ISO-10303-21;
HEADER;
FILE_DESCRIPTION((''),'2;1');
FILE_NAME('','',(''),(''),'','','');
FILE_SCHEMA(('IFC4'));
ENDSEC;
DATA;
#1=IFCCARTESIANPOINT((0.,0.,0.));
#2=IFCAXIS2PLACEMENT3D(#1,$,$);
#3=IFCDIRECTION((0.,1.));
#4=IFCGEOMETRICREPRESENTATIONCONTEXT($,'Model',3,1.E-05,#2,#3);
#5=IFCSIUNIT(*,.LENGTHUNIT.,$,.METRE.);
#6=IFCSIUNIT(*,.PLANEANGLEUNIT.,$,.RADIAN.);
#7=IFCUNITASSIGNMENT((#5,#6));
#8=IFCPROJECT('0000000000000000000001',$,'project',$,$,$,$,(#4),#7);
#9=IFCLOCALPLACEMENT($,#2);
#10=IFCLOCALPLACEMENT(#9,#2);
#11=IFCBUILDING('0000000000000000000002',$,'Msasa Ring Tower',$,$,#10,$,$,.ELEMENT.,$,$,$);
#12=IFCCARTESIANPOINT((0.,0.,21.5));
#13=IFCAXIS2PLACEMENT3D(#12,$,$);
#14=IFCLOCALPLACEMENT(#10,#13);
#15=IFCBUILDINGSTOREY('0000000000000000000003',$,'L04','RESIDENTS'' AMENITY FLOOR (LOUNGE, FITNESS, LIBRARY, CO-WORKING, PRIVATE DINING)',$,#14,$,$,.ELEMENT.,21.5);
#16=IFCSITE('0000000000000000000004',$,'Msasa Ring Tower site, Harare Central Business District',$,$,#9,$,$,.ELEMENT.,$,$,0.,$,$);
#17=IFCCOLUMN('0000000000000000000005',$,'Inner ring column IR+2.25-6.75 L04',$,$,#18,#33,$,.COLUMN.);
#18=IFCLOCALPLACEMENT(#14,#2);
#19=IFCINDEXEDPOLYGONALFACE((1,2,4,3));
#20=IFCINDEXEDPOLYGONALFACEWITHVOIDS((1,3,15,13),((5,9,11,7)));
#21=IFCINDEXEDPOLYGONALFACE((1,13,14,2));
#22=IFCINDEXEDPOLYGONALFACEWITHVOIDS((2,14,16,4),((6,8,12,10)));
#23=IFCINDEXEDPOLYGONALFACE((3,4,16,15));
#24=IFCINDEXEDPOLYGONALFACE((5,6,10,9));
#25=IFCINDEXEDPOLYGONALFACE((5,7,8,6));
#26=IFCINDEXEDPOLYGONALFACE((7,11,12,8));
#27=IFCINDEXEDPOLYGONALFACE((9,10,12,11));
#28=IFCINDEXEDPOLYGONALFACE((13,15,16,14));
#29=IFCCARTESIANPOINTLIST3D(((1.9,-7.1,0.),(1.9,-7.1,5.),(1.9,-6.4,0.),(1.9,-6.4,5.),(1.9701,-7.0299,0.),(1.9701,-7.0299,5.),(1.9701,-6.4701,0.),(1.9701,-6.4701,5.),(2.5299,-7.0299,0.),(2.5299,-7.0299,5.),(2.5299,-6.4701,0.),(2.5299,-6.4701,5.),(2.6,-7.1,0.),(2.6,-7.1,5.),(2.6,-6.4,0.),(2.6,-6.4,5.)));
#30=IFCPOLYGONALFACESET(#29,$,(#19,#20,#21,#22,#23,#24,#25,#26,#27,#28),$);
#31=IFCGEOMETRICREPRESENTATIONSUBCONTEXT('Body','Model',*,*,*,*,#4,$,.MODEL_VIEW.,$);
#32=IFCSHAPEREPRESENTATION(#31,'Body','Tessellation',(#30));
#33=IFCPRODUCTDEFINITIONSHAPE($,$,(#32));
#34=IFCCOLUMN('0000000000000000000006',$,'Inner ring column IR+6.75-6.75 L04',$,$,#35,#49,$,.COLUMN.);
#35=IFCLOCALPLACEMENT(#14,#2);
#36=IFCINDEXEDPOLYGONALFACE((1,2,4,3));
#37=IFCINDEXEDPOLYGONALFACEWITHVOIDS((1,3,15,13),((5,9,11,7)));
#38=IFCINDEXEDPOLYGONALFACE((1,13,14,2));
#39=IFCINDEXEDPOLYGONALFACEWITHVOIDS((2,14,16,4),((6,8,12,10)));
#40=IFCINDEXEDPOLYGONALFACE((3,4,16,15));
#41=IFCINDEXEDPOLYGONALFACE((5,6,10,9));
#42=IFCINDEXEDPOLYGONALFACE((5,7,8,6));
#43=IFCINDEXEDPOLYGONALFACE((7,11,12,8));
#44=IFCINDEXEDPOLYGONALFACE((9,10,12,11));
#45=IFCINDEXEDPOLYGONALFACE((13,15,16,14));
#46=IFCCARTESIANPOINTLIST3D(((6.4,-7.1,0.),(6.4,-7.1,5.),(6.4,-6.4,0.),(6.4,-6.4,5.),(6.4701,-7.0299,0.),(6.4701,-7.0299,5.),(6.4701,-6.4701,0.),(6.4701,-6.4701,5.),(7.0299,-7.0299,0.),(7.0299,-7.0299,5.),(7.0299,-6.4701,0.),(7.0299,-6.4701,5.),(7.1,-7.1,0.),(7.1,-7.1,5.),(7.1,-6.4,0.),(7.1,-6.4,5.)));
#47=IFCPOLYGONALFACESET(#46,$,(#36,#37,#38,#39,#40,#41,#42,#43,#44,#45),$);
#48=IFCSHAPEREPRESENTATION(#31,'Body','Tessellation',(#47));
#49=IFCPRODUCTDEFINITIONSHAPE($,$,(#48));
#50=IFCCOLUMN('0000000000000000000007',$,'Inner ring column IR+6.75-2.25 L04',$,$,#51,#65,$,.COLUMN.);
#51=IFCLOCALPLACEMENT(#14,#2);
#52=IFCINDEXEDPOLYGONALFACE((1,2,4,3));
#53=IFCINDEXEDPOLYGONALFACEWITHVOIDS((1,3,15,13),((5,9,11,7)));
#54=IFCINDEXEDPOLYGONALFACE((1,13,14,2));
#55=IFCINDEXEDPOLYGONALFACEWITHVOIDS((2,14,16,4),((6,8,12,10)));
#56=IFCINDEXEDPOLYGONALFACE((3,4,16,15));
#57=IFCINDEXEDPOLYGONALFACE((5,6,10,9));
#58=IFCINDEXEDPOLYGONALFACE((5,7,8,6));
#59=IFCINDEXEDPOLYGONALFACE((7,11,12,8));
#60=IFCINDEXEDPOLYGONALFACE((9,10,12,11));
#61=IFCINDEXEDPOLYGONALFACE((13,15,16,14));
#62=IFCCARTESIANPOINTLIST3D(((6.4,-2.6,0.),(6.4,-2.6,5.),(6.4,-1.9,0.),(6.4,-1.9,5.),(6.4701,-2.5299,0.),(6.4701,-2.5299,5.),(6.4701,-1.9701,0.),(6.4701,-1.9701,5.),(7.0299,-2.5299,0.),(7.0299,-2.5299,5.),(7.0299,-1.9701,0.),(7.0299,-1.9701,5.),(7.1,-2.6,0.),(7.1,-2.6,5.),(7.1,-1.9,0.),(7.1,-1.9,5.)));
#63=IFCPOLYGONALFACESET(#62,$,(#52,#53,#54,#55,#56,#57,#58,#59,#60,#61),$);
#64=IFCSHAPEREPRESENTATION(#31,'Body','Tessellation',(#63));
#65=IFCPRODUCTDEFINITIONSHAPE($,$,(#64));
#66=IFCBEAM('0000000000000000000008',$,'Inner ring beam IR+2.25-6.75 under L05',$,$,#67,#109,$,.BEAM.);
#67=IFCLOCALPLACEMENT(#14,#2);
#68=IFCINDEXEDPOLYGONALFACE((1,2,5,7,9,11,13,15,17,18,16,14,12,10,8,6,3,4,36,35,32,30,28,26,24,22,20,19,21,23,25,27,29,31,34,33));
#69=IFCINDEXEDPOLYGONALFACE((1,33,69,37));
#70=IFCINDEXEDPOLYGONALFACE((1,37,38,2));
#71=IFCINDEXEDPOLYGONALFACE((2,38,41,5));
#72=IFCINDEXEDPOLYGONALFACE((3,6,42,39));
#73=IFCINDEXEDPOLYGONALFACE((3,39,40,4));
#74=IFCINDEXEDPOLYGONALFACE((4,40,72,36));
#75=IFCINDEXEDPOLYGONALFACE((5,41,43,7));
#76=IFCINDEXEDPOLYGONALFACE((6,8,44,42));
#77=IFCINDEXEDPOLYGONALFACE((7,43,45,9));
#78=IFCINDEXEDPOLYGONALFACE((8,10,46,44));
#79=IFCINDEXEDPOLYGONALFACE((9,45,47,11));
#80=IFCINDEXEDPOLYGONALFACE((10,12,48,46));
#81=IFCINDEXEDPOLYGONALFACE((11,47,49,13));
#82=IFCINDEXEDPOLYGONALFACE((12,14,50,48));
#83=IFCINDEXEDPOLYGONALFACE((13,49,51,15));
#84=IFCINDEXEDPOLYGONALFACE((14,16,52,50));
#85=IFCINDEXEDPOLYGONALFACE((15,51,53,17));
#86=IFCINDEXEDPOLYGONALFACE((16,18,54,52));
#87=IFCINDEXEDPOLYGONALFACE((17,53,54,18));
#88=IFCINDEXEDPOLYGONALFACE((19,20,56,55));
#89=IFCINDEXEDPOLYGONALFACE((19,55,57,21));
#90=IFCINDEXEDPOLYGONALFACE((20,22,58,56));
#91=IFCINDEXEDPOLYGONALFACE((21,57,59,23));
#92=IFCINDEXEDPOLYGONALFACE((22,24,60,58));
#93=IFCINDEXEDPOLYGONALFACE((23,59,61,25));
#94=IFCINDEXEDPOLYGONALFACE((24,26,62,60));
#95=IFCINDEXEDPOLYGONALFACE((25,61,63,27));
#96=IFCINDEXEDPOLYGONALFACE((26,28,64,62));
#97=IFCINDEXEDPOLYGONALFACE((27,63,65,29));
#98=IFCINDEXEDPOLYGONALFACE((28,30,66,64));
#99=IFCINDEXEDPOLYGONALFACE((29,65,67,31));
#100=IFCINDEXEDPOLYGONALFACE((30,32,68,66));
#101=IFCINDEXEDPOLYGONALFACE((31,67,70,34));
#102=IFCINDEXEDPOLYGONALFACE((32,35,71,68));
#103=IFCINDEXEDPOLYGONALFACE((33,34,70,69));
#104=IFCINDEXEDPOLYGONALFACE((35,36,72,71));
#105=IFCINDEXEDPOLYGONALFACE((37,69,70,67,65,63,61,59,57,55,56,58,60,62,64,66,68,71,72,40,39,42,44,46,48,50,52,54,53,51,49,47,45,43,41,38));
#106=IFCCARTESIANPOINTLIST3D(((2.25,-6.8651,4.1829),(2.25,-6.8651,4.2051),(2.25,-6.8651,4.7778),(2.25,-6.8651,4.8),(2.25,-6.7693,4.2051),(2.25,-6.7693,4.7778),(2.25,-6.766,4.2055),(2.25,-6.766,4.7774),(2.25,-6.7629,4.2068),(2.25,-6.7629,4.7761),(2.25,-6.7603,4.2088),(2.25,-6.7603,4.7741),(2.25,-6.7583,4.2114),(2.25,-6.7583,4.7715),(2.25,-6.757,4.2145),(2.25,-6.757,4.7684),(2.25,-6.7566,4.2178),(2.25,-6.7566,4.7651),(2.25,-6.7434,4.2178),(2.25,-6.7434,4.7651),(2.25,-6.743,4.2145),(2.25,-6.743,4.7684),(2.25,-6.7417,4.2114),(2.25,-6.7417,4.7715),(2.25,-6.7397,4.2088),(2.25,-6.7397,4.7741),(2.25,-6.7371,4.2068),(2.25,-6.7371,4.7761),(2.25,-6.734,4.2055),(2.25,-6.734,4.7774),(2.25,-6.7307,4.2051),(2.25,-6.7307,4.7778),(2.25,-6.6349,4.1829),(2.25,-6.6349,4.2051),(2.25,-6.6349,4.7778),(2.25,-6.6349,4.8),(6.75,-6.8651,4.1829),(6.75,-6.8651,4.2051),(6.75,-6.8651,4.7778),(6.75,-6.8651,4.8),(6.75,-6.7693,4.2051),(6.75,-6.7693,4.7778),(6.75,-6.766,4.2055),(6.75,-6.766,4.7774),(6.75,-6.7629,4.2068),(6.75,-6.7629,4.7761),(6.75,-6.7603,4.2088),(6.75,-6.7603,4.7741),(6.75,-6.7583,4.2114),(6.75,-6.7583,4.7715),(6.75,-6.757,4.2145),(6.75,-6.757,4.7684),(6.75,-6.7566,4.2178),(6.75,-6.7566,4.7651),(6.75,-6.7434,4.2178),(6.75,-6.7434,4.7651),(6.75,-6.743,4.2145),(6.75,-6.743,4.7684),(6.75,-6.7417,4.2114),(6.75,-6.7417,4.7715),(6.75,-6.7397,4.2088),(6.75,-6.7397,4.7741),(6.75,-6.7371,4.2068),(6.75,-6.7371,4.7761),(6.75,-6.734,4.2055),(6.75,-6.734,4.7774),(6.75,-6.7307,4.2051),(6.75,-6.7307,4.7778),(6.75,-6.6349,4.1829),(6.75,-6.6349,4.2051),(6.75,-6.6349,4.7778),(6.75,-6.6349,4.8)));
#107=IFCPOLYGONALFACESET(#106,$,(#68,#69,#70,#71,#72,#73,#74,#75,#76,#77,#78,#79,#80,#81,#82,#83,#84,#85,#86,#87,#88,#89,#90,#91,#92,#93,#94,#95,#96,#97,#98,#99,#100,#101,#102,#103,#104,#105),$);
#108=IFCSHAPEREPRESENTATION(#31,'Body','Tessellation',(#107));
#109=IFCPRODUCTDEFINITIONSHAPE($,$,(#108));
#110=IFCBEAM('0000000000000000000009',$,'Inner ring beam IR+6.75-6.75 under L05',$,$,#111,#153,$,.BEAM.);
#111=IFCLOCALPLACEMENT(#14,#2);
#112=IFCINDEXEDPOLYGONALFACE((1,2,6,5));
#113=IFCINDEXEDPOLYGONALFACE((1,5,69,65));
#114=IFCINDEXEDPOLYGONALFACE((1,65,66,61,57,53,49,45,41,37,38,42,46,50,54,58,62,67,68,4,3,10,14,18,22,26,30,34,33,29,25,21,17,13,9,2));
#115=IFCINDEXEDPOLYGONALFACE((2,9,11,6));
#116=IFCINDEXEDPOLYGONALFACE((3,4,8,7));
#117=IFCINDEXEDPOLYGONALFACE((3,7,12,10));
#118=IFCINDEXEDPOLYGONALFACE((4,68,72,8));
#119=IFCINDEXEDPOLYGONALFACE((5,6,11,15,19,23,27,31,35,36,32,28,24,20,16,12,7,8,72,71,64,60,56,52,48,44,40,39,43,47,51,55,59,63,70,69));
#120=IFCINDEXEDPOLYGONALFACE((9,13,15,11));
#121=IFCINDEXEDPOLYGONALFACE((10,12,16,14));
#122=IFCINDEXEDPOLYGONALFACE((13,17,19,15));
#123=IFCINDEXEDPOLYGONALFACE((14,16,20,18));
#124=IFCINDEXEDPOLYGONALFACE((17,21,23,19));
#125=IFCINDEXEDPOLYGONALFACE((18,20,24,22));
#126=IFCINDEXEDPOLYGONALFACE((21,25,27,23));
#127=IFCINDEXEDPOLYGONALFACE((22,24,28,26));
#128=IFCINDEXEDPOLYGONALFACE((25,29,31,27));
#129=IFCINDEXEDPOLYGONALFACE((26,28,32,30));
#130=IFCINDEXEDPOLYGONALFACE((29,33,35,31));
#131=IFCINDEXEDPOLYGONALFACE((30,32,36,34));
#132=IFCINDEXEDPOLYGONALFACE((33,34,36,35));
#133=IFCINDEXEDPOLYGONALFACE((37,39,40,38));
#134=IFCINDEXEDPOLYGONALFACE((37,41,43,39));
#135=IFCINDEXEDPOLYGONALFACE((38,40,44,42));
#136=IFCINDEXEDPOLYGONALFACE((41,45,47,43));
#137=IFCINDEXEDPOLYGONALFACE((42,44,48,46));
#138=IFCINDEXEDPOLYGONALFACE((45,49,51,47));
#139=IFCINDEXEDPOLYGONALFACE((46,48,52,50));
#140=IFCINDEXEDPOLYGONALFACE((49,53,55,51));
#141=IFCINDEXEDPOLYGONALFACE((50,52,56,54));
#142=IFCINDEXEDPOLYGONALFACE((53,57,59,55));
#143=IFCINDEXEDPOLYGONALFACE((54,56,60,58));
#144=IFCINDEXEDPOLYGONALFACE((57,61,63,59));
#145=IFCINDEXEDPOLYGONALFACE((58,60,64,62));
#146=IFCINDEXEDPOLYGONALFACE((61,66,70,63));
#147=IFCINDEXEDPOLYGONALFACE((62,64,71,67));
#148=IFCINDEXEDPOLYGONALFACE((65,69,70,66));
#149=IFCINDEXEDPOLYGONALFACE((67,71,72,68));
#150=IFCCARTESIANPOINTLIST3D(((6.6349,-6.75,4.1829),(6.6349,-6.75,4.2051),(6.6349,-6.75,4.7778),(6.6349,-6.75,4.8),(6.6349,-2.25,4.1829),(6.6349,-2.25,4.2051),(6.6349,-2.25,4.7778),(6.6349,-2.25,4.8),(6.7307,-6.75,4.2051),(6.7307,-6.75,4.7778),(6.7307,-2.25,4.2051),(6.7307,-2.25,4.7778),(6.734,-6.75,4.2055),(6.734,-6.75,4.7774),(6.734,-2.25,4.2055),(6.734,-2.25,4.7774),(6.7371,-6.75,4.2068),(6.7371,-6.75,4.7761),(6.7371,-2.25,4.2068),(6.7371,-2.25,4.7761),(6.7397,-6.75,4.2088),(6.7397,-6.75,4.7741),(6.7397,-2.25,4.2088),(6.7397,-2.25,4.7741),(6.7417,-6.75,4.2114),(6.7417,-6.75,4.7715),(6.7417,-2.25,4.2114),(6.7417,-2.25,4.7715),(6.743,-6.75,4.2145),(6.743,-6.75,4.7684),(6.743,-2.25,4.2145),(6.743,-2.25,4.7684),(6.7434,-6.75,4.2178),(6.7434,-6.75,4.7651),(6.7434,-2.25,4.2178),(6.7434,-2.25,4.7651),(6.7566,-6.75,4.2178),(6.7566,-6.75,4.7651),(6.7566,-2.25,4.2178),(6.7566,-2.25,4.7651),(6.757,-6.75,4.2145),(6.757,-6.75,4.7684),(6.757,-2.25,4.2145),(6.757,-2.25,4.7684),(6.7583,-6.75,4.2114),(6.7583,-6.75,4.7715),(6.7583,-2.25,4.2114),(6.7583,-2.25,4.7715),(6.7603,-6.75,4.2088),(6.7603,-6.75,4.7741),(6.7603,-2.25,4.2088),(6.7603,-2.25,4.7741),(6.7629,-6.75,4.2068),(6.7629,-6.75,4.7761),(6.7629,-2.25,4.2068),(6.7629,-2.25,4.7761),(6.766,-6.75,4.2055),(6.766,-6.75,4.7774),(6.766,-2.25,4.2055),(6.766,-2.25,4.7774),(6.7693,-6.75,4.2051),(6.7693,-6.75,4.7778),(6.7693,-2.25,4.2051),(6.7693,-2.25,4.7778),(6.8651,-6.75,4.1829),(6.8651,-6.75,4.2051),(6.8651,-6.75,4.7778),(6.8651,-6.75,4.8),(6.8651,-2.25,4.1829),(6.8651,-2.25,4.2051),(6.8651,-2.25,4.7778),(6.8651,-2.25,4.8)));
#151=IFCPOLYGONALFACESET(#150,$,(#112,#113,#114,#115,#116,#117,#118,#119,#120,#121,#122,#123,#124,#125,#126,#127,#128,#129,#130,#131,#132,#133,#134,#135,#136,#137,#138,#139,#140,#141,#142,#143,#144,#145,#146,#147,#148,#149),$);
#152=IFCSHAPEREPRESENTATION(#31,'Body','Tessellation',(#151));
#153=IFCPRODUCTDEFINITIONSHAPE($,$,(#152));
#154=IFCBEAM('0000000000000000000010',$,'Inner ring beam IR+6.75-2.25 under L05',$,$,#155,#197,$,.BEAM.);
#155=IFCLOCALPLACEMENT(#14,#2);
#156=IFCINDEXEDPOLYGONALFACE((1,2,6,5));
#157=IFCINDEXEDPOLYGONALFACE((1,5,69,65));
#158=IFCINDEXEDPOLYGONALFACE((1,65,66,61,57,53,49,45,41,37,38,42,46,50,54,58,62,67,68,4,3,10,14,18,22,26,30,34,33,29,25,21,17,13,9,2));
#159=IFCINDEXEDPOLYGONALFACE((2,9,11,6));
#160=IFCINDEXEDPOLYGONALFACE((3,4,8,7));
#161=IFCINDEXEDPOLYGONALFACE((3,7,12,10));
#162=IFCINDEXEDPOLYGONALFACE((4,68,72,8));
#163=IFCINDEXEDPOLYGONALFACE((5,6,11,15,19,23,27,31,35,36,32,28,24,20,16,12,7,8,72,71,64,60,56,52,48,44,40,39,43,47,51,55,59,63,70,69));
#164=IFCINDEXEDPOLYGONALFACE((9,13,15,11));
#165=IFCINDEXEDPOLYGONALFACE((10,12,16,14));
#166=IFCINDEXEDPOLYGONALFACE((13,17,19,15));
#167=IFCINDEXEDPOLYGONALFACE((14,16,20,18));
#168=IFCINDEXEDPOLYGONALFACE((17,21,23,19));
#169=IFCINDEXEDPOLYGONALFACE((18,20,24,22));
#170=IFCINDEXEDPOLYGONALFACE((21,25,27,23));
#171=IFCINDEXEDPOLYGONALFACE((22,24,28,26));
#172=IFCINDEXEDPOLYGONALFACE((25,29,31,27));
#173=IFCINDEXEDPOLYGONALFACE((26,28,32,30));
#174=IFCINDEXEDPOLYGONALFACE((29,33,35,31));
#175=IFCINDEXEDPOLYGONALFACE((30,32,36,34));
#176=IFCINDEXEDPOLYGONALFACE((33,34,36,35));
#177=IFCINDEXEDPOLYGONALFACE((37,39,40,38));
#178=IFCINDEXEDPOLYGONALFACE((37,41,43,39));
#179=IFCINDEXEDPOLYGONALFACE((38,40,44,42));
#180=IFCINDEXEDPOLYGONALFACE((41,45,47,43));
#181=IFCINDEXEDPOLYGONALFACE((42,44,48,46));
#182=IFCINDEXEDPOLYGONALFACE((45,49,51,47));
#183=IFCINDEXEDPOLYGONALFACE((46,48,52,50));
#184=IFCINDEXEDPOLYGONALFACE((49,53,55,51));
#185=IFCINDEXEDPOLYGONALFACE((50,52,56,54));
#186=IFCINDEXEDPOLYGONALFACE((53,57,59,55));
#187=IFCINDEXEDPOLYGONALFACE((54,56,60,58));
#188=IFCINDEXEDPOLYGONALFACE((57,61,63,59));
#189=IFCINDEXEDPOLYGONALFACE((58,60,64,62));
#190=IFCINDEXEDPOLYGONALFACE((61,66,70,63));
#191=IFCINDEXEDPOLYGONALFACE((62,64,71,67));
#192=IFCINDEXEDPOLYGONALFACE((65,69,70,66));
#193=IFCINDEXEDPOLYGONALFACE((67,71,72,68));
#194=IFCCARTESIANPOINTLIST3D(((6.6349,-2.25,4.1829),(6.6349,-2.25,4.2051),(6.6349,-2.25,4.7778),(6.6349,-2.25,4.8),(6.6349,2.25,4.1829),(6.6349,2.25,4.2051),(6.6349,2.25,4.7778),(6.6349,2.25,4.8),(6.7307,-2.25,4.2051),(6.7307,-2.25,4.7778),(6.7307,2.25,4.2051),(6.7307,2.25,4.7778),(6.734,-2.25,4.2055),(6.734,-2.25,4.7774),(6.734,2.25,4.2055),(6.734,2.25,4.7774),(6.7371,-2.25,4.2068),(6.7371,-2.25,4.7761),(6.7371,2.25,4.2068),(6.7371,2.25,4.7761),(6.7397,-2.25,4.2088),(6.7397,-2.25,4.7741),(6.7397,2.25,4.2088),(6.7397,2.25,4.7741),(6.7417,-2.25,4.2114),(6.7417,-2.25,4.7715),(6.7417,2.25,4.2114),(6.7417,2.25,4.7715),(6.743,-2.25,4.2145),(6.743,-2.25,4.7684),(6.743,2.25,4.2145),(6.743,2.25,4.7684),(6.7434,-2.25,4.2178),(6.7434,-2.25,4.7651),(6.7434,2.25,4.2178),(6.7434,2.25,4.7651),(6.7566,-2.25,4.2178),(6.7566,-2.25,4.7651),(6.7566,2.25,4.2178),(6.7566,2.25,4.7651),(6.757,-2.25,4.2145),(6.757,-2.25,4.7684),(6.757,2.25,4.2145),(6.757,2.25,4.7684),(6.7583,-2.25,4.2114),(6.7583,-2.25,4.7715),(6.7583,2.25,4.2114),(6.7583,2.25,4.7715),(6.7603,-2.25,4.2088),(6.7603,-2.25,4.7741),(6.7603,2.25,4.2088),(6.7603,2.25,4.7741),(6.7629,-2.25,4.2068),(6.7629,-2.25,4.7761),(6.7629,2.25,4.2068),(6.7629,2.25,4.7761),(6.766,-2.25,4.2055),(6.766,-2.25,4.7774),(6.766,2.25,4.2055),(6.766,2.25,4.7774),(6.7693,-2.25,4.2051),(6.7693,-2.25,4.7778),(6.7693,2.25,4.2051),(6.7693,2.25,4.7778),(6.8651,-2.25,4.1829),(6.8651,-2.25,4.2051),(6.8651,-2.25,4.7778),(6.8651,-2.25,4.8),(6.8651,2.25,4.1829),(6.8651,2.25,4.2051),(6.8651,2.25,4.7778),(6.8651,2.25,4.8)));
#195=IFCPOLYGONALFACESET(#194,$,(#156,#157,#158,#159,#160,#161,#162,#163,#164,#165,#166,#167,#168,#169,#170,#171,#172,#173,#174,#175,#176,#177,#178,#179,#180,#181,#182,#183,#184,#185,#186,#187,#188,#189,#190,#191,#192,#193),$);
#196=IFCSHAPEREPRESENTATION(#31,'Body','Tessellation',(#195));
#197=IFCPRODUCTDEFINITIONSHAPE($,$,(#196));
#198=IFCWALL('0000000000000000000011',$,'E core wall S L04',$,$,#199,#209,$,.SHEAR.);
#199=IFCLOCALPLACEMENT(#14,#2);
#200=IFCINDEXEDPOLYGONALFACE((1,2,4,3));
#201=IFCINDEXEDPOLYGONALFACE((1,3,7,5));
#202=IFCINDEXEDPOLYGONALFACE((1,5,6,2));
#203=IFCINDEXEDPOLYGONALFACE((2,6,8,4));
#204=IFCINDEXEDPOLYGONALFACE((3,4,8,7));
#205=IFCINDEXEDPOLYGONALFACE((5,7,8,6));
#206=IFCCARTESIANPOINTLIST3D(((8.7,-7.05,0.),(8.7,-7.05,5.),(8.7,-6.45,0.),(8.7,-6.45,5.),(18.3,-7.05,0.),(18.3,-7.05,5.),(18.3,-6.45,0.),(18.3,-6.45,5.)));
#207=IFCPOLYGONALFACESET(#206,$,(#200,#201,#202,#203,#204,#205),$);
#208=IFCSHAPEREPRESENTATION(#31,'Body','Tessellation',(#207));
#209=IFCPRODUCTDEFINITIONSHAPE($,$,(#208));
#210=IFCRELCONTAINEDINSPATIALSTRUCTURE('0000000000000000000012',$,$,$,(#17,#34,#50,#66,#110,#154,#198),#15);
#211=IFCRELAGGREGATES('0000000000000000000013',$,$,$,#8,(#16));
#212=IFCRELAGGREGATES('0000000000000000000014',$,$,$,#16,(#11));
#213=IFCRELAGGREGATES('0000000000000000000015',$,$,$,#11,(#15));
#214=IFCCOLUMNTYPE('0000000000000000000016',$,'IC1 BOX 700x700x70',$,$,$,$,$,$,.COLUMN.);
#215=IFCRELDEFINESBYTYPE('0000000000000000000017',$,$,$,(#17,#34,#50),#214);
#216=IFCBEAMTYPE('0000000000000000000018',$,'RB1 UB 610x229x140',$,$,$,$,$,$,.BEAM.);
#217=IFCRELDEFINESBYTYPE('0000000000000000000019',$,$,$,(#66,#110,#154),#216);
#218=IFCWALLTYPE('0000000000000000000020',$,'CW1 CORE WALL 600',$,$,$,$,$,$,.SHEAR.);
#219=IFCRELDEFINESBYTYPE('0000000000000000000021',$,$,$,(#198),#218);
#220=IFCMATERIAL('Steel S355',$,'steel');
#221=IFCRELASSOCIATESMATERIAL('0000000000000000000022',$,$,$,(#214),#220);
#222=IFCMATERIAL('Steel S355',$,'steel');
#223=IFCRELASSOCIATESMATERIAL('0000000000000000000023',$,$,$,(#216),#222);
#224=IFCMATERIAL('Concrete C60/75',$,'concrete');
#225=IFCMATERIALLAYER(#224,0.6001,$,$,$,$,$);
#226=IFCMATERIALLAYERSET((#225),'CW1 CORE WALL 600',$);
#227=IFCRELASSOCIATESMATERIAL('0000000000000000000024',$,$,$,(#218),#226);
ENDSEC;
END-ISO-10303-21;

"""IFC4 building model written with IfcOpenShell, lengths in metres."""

from ifc_helpers import new_model, si_unit, direction, frame, frame_2d, origin, origin_2d, place, context, subcontext, project, spatial, rectangle, hollow_rectangle, i_section, extrude, material, layer, layer_set, material_profile, profile_set, type_object, element, save


model = new_model("IFC4")

# Units and contexts
model_context = context("Model", 3, precision=1e-05, world=origin(), true_north=direction((0.0, 1.0)))
body_context = subcontext(model_context, "Body", "Model", "MODEL_VIEW")
ifc_project = project(units=[si_unit("LENGTHUNIT", "METRE"), si_unit("PLANEANGLEUNIT", "RADIAN")], contexts=[model_context])

# Site, building, storey
site_placement = place(None, origin())
site = spatial("IfcSite", under=ifc_project, at=site_placement, Name="Msasa Ring Tower site, Harare Central Business District", CompositionType="ELEMENT", RefElevation=0.0)
building_placement = place(site_placement, origin())
building = spatial("IfcBuilding", under=site, at=building_placement, Name="Msasa Ring Tower", CompositionType="ELEMENT")
storey_placement = place(building_placement, frame((0.0, 0.0, 21.5)))
storey = spatial("IfcBuildingStorey", under=building, at=storey_placement, Name="L04", Description="RESIDENTS' AMENITY FLOOR (LOUNGE, FITNESS, LIBRARY, CO-WORKING, PRIVATE DINING)", CompositionType="ELEMENT", Elevation=21.5)

# Columns
ifc_material_1 = material(Name="Steel S355", Category="steel")
ifc_material_profile_1 = material_profile(ifc_material_1, hollow_rectangle(XDim=0.7, YDim=0.7, WallThickness=0.0701, at=origin_2d()), Name="BOX 700x700x70")
ifc_profile_set_1 = profile_set([ifc_material_profile_1], Name="Steel S355")
column_type = type_object("IfcColumnType", Name="IC1 BOX 700x700x70", PredefinedType="COLUMN", material=ifc_profile_set_1)
for number, where, z_axis, x_axis, name in (
    (1, (2.25, -6.75, 0.0), (0.0, 0.0, 1.0), (1.0, 0.0, 0.0), "Inner ring column IR+2.25-6.75 L04"),
    (2, (6.75, -6.75, 0.0), (0.0, 0.0, 1.0), (1.0, 0.0, 0.0), "Inner ring column IR+6.75-6.75 L04"),
    (3, (6.75, -2.25, 0.0), (0.0, 0.0, 1.0), (1.0, 0.0, 0.0), "Inner ring column IR+6.75-2.25 L04"),
):
    element("IfcColumn", number, at=place(storey_placement, frame(where, z_axis=z_axis, x_axis=x_axis)), inside=storey, type_object=column_type, Name=name, PredefinedType="COLUMN", context=body_context, shape_type="SweptSolid", body=[
        extrude(hollow_rectangle(XDim=0.7, YDim=0.7, WallThickness=0.0701, at=origin_2d()), origin(), (0.0, 0.0, 1.0), 5.0),
    ])

# Beams
ifc_material_2 = material(Name="Steel S355", Category="steel")
ifc_material_profile_2 = material_profile(ifc_material_2, i_section(OverallWidth=0.2302, OverallDepth=0.6172, WebThickness=0.0132, FlangeThickness=0.0222, FilletRadius=0.0127, at=origin_2d()), Name="UB 610x229x140")
ifc_profile_set_2 = profile_set([ifc_material_profile_2], Name="Steel S355")
beam_type = type_object("IfcBeamType", Name="RB1 UB 610x229x140", PredefinedType="BEAM", material=ifc_profile_set_2)
for number, where, z_axis, x_axis, name in (
    (4, (2.25, -6.75, 4.4915), (1.0, 0.0, 0.0), (0.0, 1.0, 0.0), "Inner ring beam IR+2.25-6.75 under L05"),
    (5, (6.75, -6.75, 4.4915), (0.0, 1.0, 0.0), (-1.0, 0.0, 0.0), "Inner ring beam IR+6.75-6.75 under L05"),
    (6, (6.75, -2.25, 4.4915), (0.0, 1.0, 0.0), (-1.0, 0.0, 0.0), "Inner ring beam IR+6.75-2.25 under L05"),
):
    element("IfcBeam", number, at=place(storey_placement, frame(where, z_axis=z_axis, x_axis=x_axis)), inside=storey, type_object=beam_type, Name=name, PredefinedType="BEAM", context=body_context, shape_type="SweptSolid", body=[
        extrude(i_section(OverallWidth=0.2302, OverallDepth=0.6172, WebThickness=0.0132, FlangeThickness=0.0222, FilletRadius=0.0127, at=origin_2d()), origin(), (0.0, 0.0, 1.0), 4.5),
    ])

# Wall
ifc_material_3 = material(Name="Concrete C60/75", Category="concrete")
ifc_layer_1 = layer(ifc_material_3, 0.6001)
ifc_layer_set_1 = layer_set([ifc_layer_1], Name="CW1 CORE WALL 600")
wall_type_1 = type_object("IfcWallType", Name="CW1 CORE WALL 600", PredefinedType="SHEAR", material=ifc_layer_set_1)
wall_1_placement = place(storey_placement, frame((8.7, -6.75, 0.0), z_axis=(0.0, 0.0, 1.0), x_axis=(1.0, 0.0, 0.0)))
element("IfcWall", 7, at=wall_1_placement, inside=storey, type_object=wall_type_1, Name="E core wall S L04", PredefinedType="SHEAR", context=body_context, shape_type="SweptSolid", body=[
    extrude(rectangle(XDim=9.6001, YDim=0.6001, at=frame_2d((4.8, 0.0))), origin(), (0.0, 0.0, 1.0), 5.0),
])

save(model, "model.ifc")
